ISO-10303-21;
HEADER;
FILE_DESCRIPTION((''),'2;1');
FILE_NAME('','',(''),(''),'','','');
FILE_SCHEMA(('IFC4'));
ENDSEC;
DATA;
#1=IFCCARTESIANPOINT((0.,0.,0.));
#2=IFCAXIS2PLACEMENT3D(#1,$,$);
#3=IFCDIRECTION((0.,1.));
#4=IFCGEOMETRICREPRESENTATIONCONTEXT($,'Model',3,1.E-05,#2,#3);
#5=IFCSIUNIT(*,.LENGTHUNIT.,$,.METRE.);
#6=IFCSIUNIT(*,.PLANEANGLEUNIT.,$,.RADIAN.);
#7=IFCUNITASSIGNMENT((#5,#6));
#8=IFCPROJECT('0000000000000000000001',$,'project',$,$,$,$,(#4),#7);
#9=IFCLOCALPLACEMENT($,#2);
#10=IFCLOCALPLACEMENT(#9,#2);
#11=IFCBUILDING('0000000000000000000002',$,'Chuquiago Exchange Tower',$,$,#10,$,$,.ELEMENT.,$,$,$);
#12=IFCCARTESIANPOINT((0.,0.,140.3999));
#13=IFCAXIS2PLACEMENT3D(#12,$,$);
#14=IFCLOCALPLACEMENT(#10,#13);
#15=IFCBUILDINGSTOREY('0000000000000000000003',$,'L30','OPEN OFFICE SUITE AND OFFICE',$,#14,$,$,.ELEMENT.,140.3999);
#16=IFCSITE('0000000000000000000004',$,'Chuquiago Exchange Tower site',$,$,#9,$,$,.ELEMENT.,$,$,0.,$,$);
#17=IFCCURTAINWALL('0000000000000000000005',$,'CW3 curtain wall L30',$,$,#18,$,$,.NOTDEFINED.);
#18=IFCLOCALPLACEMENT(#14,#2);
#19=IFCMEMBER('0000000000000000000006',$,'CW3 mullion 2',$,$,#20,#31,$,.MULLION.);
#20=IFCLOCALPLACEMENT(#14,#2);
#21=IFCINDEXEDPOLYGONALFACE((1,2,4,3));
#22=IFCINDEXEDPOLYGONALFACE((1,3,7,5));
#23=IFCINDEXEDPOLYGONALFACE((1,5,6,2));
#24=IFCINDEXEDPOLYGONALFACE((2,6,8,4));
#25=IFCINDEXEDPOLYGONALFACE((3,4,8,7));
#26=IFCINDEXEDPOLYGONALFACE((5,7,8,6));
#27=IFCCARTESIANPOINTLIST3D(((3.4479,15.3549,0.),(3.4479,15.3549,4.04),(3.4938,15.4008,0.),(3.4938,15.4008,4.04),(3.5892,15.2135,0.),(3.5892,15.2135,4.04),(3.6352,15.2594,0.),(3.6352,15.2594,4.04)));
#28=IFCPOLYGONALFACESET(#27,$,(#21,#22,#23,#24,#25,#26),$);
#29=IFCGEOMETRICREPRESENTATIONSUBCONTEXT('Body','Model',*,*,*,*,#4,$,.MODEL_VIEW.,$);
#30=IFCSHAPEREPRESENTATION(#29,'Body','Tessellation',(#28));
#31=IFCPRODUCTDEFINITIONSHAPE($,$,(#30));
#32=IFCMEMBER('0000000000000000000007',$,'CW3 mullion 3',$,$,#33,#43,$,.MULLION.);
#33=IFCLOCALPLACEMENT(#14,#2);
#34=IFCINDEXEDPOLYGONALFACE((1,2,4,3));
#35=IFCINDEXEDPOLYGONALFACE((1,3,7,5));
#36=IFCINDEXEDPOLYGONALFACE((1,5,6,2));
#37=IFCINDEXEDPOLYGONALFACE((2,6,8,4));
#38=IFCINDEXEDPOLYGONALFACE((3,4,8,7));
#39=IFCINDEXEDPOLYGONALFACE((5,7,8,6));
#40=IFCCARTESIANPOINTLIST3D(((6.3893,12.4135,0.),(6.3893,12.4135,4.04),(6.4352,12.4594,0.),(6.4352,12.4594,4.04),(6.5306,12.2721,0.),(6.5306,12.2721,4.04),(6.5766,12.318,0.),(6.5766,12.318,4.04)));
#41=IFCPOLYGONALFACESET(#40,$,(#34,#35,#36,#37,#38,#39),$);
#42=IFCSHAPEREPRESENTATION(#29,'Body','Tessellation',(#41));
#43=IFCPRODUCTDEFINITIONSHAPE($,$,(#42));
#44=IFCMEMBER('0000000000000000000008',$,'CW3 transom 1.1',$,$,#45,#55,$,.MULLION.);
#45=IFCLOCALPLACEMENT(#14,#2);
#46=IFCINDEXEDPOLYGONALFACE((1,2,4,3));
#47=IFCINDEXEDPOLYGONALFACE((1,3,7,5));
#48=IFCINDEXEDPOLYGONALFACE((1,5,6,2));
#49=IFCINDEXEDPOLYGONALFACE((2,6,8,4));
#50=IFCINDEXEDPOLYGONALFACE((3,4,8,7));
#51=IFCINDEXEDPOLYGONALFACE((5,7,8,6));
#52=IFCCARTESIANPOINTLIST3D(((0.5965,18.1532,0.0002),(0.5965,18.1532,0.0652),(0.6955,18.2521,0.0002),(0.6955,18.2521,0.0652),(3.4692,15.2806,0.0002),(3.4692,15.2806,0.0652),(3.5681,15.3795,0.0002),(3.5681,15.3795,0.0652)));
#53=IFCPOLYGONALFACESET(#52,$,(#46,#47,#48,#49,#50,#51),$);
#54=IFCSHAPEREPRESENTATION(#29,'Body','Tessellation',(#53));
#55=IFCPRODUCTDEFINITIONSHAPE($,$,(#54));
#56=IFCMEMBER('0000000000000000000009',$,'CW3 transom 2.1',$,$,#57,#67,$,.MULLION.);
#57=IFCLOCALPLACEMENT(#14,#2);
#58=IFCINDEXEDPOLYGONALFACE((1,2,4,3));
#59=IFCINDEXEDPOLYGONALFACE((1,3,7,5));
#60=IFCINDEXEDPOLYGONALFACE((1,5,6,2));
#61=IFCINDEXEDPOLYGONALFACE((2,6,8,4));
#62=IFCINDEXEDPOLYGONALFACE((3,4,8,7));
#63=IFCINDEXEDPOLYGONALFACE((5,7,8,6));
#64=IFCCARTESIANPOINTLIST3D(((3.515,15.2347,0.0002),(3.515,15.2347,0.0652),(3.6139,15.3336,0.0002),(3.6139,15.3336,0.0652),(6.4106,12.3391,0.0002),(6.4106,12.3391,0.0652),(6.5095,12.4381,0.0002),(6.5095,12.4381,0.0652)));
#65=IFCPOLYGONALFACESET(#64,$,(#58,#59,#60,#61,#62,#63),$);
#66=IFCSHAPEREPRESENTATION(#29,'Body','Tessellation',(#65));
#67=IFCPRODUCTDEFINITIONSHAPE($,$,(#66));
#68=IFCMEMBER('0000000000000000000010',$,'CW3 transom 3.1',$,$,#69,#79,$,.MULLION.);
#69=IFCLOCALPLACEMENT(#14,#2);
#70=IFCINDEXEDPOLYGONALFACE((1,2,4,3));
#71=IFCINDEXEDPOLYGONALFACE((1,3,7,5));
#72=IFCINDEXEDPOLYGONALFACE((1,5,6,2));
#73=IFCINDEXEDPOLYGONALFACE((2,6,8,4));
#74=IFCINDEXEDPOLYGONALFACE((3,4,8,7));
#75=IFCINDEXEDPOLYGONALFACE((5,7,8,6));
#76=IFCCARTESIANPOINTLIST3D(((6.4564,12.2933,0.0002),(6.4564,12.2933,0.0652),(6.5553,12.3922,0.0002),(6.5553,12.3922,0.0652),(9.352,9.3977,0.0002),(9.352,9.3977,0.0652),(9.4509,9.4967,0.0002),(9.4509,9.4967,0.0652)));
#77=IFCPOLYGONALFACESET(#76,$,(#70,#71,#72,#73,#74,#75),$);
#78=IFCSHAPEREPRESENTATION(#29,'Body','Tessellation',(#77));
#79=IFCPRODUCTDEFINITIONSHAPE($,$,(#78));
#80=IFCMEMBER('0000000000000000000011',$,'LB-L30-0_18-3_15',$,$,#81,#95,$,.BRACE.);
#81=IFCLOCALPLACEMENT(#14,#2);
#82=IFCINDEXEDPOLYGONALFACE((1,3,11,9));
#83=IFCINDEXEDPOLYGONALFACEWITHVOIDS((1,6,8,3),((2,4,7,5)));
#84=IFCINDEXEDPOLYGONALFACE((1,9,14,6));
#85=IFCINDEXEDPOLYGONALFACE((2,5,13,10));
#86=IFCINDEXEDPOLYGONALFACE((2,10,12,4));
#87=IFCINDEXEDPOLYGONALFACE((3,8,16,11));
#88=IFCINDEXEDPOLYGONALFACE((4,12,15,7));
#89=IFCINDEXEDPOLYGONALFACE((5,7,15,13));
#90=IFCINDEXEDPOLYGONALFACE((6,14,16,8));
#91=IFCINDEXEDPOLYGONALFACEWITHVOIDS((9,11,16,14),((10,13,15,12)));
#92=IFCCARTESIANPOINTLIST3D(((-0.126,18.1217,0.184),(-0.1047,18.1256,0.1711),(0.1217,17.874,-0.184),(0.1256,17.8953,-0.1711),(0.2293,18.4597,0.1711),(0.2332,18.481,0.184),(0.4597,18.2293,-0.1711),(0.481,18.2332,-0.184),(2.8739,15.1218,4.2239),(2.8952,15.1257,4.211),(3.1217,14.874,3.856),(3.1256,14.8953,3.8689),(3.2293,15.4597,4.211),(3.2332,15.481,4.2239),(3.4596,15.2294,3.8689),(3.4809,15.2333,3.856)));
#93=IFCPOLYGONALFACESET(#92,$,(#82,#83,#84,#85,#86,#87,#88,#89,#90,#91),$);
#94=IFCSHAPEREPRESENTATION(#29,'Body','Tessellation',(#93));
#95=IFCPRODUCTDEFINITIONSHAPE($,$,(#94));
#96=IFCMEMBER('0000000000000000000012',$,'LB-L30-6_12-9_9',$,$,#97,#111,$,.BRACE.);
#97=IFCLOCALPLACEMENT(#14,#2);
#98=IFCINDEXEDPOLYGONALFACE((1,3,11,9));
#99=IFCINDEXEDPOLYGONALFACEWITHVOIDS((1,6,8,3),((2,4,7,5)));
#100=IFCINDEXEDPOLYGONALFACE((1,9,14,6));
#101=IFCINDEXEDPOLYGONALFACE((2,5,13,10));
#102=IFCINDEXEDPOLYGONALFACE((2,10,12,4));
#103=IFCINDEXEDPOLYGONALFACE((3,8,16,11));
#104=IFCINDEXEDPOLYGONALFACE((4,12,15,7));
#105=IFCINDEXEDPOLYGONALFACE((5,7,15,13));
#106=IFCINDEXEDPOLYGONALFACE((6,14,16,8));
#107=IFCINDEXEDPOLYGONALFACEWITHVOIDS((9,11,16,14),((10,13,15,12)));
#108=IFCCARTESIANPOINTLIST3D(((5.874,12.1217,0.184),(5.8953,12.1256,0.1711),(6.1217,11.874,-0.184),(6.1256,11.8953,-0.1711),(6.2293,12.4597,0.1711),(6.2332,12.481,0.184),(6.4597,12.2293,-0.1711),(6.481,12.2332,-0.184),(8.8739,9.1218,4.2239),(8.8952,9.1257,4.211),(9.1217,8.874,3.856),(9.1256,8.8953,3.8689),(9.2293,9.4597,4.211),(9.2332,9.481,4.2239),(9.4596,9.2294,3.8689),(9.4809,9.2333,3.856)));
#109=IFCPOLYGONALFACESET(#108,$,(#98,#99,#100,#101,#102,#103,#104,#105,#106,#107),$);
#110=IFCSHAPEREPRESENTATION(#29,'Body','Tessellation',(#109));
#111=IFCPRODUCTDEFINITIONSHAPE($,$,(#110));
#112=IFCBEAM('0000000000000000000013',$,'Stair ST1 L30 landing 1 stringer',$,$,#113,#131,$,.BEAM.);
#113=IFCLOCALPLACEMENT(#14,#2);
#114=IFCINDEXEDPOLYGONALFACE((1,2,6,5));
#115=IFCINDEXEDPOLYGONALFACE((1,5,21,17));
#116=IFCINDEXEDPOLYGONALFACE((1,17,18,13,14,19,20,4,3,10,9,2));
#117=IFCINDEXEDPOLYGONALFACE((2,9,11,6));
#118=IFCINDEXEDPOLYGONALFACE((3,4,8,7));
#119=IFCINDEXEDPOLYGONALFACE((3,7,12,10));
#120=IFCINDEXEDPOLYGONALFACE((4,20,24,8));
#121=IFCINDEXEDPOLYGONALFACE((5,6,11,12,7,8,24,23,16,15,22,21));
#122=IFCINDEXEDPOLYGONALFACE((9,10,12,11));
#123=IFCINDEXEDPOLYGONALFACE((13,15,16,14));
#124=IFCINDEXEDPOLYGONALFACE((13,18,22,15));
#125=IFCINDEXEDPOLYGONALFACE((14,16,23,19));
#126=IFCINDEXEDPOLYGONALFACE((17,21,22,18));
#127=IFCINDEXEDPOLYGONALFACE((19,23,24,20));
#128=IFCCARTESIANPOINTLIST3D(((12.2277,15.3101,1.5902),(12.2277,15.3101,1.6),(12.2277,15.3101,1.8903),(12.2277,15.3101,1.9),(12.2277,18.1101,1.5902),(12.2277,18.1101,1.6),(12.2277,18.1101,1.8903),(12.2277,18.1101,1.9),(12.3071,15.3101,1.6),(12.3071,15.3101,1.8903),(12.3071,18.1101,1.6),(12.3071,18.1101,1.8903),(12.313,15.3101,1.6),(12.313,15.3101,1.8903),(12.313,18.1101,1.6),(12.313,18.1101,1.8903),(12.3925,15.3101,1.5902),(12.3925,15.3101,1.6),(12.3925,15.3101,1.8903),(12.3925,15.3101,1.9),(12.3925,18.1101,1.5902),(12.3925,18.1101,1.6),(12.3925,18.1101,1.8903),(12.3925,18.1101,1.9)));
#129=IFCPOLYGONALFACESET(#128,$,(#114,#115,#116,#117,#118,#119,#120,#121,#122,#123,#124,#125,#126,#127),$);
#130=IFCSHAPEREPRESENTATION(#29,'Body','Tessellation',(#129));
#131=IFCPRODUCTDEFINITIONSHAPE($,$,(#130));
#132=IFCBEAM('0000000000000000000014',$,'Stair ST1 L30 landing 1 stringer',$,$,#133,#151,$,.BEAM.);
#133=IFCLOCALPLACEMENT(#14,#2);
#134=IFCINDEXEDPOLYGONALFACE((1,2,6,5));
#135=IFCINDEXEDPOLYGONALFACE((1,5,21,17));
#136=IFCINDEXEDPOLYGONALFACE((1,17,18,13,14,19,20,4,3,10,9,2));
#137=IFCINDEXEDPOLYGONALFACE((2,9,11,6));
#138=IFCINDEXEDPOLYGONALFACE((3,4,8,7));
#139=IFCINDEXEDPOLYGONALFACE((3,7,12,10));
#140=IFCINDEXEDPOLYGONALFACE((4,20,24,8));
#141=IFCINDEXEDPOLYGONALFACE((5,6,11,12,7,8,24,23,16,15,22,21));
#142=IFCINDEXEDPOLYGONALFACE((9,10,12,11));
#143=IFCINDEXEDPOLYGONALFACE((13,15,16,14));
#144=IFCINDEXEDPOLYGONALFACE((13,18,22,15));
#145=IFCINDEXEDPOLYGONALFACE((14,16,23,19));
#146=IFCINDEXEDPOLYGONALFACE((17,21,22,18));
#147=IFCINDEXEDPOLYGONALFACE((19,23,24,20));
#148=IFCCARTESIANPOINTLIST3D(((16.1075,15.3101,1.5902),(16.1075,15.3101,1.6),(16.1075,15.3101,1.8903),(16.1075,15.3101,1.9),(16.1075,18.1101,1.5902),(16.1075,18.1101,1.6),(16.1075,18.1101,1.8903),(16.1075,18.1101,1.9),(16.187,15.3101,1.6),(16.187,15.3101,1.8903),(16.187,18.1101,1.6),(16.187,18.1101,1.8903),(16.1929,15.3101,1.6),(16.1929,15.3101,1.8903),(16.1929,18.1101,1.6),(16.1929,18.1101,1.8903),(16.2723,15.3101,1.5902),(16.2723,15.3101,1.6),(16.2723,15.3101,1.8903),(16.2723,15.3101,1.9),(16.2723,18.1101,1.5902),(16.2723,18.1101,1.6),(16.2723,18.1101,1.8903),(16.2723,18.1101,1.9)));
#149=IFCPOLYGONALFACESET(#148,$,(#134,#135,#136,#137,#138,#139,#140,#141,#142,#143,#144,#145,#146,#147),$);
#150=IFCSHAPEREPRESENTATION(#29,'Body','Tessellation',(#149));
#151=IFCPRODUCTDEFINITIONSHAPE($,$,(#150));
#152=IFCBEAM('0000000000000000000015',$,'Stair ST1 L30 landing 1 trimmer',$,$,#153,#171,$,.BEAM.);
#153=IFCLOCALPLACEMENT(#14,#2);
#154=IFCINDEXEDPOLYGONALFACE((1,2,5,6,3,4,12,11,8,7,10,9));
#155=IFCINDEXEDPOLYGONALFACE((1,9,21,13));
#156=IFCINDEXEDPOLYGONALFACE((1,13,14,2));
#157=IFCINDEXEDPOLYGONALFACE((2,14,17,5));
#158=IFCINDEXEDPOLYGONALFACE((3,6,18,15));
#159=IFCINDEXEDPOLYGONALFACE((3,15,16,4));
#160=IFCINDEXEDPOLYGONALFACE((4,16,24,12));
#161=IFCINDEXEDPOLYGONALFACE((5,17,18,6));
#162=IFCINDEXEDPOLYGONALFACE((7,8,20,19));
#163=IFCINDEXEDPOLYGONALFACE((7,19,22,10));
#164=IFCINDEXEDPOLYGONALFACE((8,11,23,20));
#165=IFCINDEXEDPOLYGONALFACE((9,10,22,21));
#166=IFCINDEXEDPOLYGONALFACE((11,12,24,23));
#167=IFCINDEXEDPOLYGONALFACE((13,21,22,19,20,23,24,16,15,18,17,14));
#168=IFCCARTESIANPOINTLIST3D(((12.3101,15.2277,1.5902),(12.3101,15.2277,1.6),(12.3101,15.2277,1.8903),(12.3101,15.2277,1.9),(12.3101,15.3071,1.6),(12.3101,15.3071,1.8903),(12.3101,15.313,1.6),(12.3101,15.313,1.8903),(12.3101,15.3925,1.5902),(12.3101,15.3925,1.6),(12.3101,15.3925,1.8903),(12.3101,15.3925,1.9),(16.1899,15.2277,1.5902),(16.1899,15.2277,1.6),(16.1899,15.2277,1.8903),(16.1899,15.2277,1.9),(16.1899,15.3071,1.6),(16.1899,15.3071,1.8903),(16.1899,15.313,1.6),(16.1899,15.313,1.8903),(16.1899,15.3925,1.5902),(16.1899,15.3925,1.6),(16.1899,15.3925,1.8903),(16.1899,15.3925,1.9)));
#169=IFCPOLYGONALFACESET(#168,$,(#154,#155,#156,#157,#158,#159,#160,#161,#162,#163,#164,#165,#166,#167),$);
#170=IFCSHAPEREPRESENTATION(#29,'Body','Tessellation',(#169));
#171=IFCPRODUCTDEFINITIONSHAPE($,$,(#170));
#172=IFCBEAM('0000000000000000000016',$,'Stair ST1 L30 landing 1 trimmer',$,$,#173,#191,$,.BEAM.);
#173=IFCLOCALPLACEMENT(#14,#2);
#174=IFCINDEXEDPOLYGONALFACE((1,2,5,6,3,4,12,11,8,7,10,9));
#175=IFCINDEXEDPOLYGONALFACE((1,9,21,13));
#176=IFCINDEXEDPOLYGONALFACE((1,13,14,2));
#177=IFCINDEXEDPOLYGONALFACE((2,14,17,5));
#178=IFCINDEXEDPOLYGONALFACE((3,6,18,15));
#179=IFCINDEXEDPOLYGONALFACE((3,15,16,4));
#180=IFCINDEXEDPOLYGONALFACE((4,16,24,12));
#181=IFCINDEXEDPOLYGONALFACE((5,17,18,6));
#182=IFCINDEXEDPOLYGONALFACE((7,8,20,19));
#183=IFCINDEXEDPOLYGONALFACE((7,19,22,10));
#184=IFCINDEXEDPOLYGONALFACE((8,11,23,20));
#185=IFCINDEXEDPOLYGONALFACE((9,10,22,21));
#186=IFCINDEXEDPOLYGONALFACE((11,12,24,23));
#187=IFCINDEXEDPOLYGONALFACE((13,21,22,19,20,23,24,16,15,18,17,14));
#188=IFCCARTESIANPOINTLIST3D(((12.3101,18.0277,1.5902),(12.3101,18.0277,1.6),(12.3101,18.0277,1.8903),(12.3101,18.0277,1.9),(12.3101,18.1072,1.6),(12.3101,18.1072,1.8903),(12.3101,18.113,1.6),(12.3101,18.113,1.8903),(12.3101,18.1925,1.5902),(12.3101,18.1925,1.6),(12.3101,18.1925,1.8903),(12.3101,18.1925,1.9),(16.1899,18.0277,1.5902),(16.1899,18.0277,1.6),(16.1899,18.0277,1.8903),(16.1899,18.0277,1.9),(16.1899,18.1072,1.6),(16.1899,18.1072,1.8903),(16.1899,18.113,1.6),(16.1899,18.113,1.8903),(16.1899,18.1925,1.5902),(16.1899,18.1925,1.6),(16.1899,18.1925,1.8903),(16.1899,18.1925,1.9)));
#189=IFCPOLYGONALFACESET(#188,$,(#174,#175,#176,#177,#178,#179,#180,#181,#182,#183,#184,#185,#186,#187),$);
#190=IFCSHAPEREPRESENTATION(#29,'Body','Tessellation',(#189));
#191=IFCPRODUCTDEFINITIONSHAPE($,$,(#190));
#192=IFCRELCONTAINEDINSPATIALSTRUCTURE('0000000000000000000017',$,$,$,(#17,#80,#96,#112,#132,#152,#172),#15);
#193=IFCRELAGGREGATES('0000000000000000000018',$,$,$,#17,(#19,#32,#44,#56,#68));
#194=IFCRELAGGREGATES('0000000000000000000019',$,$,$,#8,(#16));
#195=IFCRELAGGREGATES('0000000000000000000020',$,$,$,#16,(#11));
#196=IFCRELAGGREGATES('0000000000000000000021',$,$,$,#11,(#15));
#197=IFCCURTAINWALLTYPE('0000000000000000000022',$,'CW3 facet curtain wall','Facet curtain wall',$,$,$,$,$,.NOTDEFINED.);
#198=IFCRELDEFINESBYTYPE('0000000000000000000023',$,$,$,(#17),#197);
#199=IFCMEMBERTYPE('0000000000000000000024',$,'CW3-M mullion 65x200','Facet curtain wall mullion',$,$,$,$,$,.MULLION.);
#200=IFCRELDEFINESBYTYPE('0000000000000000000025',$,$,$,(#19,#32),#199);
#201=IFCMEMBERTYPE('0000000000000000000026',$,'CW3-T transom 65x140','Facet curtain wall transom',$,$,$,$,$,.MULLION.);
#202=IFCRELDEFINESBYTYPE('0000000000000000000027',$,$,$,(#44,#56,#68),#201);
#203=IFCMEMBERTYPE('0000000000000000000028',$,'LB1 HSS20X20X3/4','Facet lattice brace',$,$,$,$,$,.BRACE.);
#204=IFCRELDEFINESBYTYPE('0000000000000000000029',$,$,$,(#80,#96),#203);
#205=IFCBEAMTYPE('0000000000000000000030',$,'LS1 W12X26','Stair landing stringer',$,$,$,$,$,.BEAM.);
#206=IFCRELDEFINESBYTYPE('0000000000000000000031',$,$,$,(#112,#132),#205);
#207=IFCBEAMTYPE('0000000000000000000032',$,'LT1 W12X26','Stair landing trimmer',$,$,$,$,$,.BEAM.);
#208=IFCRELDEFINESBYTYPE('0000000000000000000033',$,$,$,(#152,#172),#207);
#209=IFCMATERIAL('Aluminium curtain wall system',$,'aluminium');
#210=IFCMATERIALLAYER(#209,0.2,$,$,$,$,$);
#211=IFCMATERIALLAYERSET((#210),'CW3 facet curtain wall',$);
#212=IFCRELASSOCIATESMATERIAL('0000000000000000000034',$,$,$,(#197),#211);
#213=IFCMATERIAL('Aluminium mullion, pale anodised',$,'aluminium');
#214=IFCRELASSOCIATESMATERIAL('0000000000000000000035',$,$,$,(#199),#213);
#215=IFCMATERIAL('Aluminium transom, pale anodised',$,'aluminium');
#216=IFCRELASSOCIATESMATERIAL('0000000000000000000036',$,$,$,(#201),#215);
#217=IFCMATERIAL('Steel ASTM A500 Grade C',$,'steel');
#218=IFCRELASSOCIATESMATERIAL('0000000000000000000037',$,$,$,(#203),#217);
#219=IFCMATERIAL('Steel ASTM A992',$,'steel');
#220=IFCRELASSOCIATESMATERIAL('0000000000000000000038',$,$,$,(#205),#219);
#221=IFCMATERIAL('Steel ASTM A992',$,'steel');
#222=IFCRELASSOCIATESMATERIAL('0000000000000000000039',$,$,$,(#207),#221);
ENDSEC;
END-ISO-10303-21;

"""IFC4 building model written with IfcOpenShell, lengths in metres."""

from ifc_helpers import new_model, si_unit, direction, frame, origin, origin_2d, place, context, subcontext, project, spatial, rectangle, hollow_rectangle, i_section, extrude, material, layer, layer_set, material_profile, profile_set, type_object, element, aggregate, save


model = new_model("IFC4")

# Units and contexts
model_context = context("Model", 3, precision=1e-05, world=origin(), true_north=direction((0.0, 1.0)))
body_context = subcontext(model_context, "Body", "Model", "MODEL_VIEW")
ifc_project = project(units=[si_unit("LENGTHUNIT", "METRE"), si_unit("PLANEANGLEUNIT", "RADIAN")], contexts=[model_context])

# Site, building, storey
site_placement = place(None, origin())
site = spatial("IfcSite", under=ifc_project, at=site_placement, Name="Chuquiago Exchange Tower site", CompositionType="ELEMENT", RefElevation=0.0)
building_placement = place(site_placement, origin())
building = spatial("IfcBuilding", under=site, at=building_placement, Name="Chuquiago Exchange Tower", CompositionType="ELEMENT")
storey_placement = place(building_placement, frame((0.0, 0.0, 140.3999)))
storey = spatial("IfcBuildingStorey", under=building, at=storey_placement, Name="L30", Description="OPEN OFFICE SUITE AND OFFICE", CompositionType="ELEMENT", Elevation=140.3999)

# Curtain wall, members
ifc_material_1 = material(Name="Aluminium curtain wall system", Category="aluminium")
ifc_layer_1 = layer(ifc_material_1, 0.2)
ifc_layer_set_1 = layer_set([ifc_layer_1], Name="CW3 facet curtain wall")
curtain_wall_type_1 = type_object("IfcCurtainWallType", Name="CW3 facet curtain wall", Description="Facet curtain wall", PredefinedType="NOTDEFINED", material=ifc_layer_set_1)
curtain_wall_1_placement = place(storey_placement, origin())
curtain_wall_1 = element("IfcCurtainWall", 1, at=curtain_wall_1_placement, inside=storey, type_object=curtain_wall_type_1, Name="CW3 curtain wall L30", PredefinedType="NOTDEFINED")
ifc_material_2 = material(Name="Aluminium mullion, pale anodised", Category="aluminium")
ifc_material_profile_1 = material_profile(ifc_material_2, rectangle(XDim=0.0649, YDim=0.2, at=origin_2d()), Name="AL 65x200")
ifc_profile_set_1 = profile_set([ifc_material_profile_1], Name="Aluminium mullion, pale anodised")
member_type_1 = type_object("IfcMemberType", Name="CW3-M mullion 65x200", Description="Facet curtain wall mullion", PredefinedType="MULLION", material=ifc_profile_set_1)
member_1_placement = place(storey_placement, frame((3.5415, 15.3071, 0.0), z_axis=(0.0, 0.0, 1.0), x_axis=(0.707107, 0.707107, 0.0)))
member_1 = element("IfcMember", 2, at=member_1_placement, type_object=member_type_1, Name="CW3 mullion 2", PredefinedType="MULLION", context=body_context, shape_type="SweptSolid", body=[
    extrude(rectangle(XDim=0.0649, YDim=0.2, at=origin_2d()), origin(), (0.0, 0.0, 1.0), 4.04),
])
member_2_placement = place(storey_placement, frame((6.4829, 12.3657, 0.0), z_axis=(0.0, 0.0, 1.0), x_axis=(0.707107, 0.707107, 0.0)))
member_2 = element("IfcMember", 3, at=member_2_placement, type_object=member_type_1, Name="CW3 mullion 3", PredefinedType="MULLION", context=body_context, shape_type="SweptSolid", body=[
    extrude(rectangle(XDim=0.0649, YDim=0.2, at=origin_2d()), origin(), (0.0, 0.0, 1.0), 4.04),
])
ifc_material_3 = material(Name="Aluminium transom, pale anodised", Category="aluminium")
ifc_material_profile_2 = material_profile(ifc_material_3, rectangle(XDim=0.1399, YDim=0.0649, at=origin_2d()), Name="AL 140x65")
ifc_profile_set_2 = profile_set([ifc_material_profile_2], Name="Aluminium transom, pale anodised")
member_type_2 = type_object("IfcMemberType", Name="CW3-T transom 65x140", Description="Facet curtain wall transom", PredefinedType="MULLION", material=ifc_profile_set_2)
member_3_placement = place(storey_placement, frame((0.646, 18.2026, 0.0327), z_axis=(0.707107, -0.707107, 0.0), x_axis=(0.707107, 0.707107, 0.0)))
member_3 = element("IfcMember", 4, at=member_3_placement, type_object=member_type_2, Name="CW3 transom 1.1", PredefinedType="MULLION", context=body_context, shape_type="SweptSolid", body=[
    extrude(rectangle(XDim=0.1399, YDim=0.0649, at=origin_2d()), origin(), (0.0, 0.0, 1.0), 4.0625),
])
member_4_placement = place(storey_placement, frame((3.5645, 15.2842, 0.0327), z_axis=(0.707107, -0.707107, 0.0), x_axis=(0.707107, 0.707107, 0.0)))
member_4 = element("IfcMember", 5, at=member_4_placement, type_object=member_type_2, Name="CW3 transom 2.1", PredefinedType="MULLION", context=body_context, shape_type="SweptSolid", body=[
    extrude(rectangle(XDim=0.1399, YDim=0.0649, at=origin_2d()), origin(), (0.0, 0.0, 1.0), 4.095),
])
member_5_placement = place(storey_placement, frame((6.5059, 12.3428, 0.0327), z_axis=(0.707107, -0.707107, 0.0), x_axis=(0.707107, 0.707107, 0.0)))
member_5 = element("IfcMember", 6, at=member_5_placement, type_object=member_type_2, Name="CW3 transom 3.1", PredefinedType="MULLION", context=body_context, shape_type="SweptSolid", body=[
    extrude(rectangle(XDim=0.1399, YDim=0.0649, at=origin_2d()), origin(), (0.0, 0.0, 1.0), 4.095),
])

# Members
ifc_material_4 = material(Name="Steel ASTM A500 Grade C", Category="steel")
ifc_material_profile_3 = material_profile(ifc_material_4, hollow_rectangle(XDim=0.5081, YDim=0.5081, WallThickness=0.0178, at=origin_2d()), Name="HSS20X20X3/4")
ifc_profile_set_3 = profile_set([ifc_material_profile_3], Name="Steel ASTM A500 Grade C")
member_type_3 = type_object("IfcMemberType", Name="LB1 HSS20X20X3/4", Description="Facet lattice brace", PredefinedType="BRACE", material=ifc_profile_set_3)
for number, where, z_axis, x_axis, name in (
    (7, (0.1775, 18.1775, 0.0), (0.512077, -0.512077, 0.689604), (0.707107, 0.707107, 0.0), "LB-L30-0_18-3_15"),
    (8, (6.1775, 12.1775, 0.0), (0.512077, -0.512077, 0.689604), (0.707107, 0.707107, 0.0), "LB-L30-6_12-9_9"),
):
    element("IfcMember", number, at=place(storey_placement, frame(where, z_axis=z_axis, x_axis=x_axis)), inside=storey, type_object=member_type_3, Name=name, PredefinedType="BRACE", context=body_context, shape_type="SweptSolid", body=[
        extrude(hollow_rectangle(XDim=0.5081, YDim=0.5081, WallThickness=0.0178, at=origin_2d()), origin(), (0.0, 0.0, 1.0), 5.8584),
    ])

# Beams
ifc_material_5 = material(Name="Steel ASTM A992", Category="steel")
ifc_material_profile_4 = material_profile(ifc_material_5, i_section(OverallWidth=0.1648, OverallDepth=0.3098, WebThickness=0.0059, FlangeThickness=0.0098, at=origin_2d()), Name="W12X26")
ifc_profile_set_4 = profile_set([ifc_material_profile_4], Name="Steel ASTM A992")
beam_type_1 = type_object("IfcBeamType", Name="LS1 W12X26", Description="Stair landing stringer", PredefinedType="BEAM", material=ifc_profile_set_4)
for number, where, z_axis, x_axis, name in (
    (9, (12.3101, 15.3101, 1.7451), (0.0, 1.0, 0.0), (-1.0, 0.0, 0.0), "Stair ST1 L30 landing 1 stringer"),
    (10, (16.1899, 15.3101, 1.7451), (0.0, 1.0, 0.0), (-1.0, 0.0, 0.0), "Stair ST1 L30 landing 1 stringer"),
):
    element("IfcBeam", number, at=place(storey_placement, frame(where, z_axis=z_axis, x_axis=x_axis)), inside=storey, type_object=beam_type_1, Name=name, PredefinedType="BEAM", context=body_context, shape_type="SweptSolid", body=[
        extrude(i_section(OverallWidth=0.1648, OverallDepth=0.3098, WebThickness=0.0059, FlangeThickness=0.0098, at=origin_2d()), origin(), (0.0, 0.0, 1.0), 2.8),
    ])
ifc_material_6 = material(Name="Steel ASTM A992", Category="steel")
ifc_material_profile_5 = material_profile(ifc_material_6, i_section(OverallWidth=0.1648, OverallDepth=0.3098, WebThickness=0.0059, FlangeThickness=0.0098, at=origin_2d()), Name="W12X26")
ifc_profile_set_5 = profile_set([ifc_material_profile_5], Name="Steel ASTM A992")
beam_type_2 = type_object("IfcBeamType", Name="LT1 W12X26", Description="Stair landing trimmer", PredefinedType="BEAM", material=ifc_profile_set_5)
for number, where, z_axis, x_axis, name in (
    (11, (12.3101, 15.3101, 1.7451), (1.0, 0.0, 0.0), (0.0, 1.0, 0.0), "Stair ST1 L30 landing 1 trimmer"),
    (12, (12.3101, 18.1101, 1.7451), (1.0, 0.0, 0.0), (0.0, 1.0, 0.0), "Stair ST1 L30 landing 1 trimmer"),
):
    element("IfcBeam", number, at=place(storey_placement, frame(where, z_axis=z_axis, x_axis=x_axis)), inside=storey, type_object=beam_type_2, Name=name, PredefinedType="BEAM", context=body_context, shape_type="SweptSolid", body=[
        extrude(i_section(OverallWidth=0.1648, OverallDepth=0.3098, WebThickness=0.0059, FlangeThickness=0.0098, at=origin_2d()), origin(), (0.0, 0.0, 1.0), 3.8799),
    ])

aggregate(curtain_wall_1, [member_1, member_2, member_3, member_4, member_5])

save(model, "model.ifc")
